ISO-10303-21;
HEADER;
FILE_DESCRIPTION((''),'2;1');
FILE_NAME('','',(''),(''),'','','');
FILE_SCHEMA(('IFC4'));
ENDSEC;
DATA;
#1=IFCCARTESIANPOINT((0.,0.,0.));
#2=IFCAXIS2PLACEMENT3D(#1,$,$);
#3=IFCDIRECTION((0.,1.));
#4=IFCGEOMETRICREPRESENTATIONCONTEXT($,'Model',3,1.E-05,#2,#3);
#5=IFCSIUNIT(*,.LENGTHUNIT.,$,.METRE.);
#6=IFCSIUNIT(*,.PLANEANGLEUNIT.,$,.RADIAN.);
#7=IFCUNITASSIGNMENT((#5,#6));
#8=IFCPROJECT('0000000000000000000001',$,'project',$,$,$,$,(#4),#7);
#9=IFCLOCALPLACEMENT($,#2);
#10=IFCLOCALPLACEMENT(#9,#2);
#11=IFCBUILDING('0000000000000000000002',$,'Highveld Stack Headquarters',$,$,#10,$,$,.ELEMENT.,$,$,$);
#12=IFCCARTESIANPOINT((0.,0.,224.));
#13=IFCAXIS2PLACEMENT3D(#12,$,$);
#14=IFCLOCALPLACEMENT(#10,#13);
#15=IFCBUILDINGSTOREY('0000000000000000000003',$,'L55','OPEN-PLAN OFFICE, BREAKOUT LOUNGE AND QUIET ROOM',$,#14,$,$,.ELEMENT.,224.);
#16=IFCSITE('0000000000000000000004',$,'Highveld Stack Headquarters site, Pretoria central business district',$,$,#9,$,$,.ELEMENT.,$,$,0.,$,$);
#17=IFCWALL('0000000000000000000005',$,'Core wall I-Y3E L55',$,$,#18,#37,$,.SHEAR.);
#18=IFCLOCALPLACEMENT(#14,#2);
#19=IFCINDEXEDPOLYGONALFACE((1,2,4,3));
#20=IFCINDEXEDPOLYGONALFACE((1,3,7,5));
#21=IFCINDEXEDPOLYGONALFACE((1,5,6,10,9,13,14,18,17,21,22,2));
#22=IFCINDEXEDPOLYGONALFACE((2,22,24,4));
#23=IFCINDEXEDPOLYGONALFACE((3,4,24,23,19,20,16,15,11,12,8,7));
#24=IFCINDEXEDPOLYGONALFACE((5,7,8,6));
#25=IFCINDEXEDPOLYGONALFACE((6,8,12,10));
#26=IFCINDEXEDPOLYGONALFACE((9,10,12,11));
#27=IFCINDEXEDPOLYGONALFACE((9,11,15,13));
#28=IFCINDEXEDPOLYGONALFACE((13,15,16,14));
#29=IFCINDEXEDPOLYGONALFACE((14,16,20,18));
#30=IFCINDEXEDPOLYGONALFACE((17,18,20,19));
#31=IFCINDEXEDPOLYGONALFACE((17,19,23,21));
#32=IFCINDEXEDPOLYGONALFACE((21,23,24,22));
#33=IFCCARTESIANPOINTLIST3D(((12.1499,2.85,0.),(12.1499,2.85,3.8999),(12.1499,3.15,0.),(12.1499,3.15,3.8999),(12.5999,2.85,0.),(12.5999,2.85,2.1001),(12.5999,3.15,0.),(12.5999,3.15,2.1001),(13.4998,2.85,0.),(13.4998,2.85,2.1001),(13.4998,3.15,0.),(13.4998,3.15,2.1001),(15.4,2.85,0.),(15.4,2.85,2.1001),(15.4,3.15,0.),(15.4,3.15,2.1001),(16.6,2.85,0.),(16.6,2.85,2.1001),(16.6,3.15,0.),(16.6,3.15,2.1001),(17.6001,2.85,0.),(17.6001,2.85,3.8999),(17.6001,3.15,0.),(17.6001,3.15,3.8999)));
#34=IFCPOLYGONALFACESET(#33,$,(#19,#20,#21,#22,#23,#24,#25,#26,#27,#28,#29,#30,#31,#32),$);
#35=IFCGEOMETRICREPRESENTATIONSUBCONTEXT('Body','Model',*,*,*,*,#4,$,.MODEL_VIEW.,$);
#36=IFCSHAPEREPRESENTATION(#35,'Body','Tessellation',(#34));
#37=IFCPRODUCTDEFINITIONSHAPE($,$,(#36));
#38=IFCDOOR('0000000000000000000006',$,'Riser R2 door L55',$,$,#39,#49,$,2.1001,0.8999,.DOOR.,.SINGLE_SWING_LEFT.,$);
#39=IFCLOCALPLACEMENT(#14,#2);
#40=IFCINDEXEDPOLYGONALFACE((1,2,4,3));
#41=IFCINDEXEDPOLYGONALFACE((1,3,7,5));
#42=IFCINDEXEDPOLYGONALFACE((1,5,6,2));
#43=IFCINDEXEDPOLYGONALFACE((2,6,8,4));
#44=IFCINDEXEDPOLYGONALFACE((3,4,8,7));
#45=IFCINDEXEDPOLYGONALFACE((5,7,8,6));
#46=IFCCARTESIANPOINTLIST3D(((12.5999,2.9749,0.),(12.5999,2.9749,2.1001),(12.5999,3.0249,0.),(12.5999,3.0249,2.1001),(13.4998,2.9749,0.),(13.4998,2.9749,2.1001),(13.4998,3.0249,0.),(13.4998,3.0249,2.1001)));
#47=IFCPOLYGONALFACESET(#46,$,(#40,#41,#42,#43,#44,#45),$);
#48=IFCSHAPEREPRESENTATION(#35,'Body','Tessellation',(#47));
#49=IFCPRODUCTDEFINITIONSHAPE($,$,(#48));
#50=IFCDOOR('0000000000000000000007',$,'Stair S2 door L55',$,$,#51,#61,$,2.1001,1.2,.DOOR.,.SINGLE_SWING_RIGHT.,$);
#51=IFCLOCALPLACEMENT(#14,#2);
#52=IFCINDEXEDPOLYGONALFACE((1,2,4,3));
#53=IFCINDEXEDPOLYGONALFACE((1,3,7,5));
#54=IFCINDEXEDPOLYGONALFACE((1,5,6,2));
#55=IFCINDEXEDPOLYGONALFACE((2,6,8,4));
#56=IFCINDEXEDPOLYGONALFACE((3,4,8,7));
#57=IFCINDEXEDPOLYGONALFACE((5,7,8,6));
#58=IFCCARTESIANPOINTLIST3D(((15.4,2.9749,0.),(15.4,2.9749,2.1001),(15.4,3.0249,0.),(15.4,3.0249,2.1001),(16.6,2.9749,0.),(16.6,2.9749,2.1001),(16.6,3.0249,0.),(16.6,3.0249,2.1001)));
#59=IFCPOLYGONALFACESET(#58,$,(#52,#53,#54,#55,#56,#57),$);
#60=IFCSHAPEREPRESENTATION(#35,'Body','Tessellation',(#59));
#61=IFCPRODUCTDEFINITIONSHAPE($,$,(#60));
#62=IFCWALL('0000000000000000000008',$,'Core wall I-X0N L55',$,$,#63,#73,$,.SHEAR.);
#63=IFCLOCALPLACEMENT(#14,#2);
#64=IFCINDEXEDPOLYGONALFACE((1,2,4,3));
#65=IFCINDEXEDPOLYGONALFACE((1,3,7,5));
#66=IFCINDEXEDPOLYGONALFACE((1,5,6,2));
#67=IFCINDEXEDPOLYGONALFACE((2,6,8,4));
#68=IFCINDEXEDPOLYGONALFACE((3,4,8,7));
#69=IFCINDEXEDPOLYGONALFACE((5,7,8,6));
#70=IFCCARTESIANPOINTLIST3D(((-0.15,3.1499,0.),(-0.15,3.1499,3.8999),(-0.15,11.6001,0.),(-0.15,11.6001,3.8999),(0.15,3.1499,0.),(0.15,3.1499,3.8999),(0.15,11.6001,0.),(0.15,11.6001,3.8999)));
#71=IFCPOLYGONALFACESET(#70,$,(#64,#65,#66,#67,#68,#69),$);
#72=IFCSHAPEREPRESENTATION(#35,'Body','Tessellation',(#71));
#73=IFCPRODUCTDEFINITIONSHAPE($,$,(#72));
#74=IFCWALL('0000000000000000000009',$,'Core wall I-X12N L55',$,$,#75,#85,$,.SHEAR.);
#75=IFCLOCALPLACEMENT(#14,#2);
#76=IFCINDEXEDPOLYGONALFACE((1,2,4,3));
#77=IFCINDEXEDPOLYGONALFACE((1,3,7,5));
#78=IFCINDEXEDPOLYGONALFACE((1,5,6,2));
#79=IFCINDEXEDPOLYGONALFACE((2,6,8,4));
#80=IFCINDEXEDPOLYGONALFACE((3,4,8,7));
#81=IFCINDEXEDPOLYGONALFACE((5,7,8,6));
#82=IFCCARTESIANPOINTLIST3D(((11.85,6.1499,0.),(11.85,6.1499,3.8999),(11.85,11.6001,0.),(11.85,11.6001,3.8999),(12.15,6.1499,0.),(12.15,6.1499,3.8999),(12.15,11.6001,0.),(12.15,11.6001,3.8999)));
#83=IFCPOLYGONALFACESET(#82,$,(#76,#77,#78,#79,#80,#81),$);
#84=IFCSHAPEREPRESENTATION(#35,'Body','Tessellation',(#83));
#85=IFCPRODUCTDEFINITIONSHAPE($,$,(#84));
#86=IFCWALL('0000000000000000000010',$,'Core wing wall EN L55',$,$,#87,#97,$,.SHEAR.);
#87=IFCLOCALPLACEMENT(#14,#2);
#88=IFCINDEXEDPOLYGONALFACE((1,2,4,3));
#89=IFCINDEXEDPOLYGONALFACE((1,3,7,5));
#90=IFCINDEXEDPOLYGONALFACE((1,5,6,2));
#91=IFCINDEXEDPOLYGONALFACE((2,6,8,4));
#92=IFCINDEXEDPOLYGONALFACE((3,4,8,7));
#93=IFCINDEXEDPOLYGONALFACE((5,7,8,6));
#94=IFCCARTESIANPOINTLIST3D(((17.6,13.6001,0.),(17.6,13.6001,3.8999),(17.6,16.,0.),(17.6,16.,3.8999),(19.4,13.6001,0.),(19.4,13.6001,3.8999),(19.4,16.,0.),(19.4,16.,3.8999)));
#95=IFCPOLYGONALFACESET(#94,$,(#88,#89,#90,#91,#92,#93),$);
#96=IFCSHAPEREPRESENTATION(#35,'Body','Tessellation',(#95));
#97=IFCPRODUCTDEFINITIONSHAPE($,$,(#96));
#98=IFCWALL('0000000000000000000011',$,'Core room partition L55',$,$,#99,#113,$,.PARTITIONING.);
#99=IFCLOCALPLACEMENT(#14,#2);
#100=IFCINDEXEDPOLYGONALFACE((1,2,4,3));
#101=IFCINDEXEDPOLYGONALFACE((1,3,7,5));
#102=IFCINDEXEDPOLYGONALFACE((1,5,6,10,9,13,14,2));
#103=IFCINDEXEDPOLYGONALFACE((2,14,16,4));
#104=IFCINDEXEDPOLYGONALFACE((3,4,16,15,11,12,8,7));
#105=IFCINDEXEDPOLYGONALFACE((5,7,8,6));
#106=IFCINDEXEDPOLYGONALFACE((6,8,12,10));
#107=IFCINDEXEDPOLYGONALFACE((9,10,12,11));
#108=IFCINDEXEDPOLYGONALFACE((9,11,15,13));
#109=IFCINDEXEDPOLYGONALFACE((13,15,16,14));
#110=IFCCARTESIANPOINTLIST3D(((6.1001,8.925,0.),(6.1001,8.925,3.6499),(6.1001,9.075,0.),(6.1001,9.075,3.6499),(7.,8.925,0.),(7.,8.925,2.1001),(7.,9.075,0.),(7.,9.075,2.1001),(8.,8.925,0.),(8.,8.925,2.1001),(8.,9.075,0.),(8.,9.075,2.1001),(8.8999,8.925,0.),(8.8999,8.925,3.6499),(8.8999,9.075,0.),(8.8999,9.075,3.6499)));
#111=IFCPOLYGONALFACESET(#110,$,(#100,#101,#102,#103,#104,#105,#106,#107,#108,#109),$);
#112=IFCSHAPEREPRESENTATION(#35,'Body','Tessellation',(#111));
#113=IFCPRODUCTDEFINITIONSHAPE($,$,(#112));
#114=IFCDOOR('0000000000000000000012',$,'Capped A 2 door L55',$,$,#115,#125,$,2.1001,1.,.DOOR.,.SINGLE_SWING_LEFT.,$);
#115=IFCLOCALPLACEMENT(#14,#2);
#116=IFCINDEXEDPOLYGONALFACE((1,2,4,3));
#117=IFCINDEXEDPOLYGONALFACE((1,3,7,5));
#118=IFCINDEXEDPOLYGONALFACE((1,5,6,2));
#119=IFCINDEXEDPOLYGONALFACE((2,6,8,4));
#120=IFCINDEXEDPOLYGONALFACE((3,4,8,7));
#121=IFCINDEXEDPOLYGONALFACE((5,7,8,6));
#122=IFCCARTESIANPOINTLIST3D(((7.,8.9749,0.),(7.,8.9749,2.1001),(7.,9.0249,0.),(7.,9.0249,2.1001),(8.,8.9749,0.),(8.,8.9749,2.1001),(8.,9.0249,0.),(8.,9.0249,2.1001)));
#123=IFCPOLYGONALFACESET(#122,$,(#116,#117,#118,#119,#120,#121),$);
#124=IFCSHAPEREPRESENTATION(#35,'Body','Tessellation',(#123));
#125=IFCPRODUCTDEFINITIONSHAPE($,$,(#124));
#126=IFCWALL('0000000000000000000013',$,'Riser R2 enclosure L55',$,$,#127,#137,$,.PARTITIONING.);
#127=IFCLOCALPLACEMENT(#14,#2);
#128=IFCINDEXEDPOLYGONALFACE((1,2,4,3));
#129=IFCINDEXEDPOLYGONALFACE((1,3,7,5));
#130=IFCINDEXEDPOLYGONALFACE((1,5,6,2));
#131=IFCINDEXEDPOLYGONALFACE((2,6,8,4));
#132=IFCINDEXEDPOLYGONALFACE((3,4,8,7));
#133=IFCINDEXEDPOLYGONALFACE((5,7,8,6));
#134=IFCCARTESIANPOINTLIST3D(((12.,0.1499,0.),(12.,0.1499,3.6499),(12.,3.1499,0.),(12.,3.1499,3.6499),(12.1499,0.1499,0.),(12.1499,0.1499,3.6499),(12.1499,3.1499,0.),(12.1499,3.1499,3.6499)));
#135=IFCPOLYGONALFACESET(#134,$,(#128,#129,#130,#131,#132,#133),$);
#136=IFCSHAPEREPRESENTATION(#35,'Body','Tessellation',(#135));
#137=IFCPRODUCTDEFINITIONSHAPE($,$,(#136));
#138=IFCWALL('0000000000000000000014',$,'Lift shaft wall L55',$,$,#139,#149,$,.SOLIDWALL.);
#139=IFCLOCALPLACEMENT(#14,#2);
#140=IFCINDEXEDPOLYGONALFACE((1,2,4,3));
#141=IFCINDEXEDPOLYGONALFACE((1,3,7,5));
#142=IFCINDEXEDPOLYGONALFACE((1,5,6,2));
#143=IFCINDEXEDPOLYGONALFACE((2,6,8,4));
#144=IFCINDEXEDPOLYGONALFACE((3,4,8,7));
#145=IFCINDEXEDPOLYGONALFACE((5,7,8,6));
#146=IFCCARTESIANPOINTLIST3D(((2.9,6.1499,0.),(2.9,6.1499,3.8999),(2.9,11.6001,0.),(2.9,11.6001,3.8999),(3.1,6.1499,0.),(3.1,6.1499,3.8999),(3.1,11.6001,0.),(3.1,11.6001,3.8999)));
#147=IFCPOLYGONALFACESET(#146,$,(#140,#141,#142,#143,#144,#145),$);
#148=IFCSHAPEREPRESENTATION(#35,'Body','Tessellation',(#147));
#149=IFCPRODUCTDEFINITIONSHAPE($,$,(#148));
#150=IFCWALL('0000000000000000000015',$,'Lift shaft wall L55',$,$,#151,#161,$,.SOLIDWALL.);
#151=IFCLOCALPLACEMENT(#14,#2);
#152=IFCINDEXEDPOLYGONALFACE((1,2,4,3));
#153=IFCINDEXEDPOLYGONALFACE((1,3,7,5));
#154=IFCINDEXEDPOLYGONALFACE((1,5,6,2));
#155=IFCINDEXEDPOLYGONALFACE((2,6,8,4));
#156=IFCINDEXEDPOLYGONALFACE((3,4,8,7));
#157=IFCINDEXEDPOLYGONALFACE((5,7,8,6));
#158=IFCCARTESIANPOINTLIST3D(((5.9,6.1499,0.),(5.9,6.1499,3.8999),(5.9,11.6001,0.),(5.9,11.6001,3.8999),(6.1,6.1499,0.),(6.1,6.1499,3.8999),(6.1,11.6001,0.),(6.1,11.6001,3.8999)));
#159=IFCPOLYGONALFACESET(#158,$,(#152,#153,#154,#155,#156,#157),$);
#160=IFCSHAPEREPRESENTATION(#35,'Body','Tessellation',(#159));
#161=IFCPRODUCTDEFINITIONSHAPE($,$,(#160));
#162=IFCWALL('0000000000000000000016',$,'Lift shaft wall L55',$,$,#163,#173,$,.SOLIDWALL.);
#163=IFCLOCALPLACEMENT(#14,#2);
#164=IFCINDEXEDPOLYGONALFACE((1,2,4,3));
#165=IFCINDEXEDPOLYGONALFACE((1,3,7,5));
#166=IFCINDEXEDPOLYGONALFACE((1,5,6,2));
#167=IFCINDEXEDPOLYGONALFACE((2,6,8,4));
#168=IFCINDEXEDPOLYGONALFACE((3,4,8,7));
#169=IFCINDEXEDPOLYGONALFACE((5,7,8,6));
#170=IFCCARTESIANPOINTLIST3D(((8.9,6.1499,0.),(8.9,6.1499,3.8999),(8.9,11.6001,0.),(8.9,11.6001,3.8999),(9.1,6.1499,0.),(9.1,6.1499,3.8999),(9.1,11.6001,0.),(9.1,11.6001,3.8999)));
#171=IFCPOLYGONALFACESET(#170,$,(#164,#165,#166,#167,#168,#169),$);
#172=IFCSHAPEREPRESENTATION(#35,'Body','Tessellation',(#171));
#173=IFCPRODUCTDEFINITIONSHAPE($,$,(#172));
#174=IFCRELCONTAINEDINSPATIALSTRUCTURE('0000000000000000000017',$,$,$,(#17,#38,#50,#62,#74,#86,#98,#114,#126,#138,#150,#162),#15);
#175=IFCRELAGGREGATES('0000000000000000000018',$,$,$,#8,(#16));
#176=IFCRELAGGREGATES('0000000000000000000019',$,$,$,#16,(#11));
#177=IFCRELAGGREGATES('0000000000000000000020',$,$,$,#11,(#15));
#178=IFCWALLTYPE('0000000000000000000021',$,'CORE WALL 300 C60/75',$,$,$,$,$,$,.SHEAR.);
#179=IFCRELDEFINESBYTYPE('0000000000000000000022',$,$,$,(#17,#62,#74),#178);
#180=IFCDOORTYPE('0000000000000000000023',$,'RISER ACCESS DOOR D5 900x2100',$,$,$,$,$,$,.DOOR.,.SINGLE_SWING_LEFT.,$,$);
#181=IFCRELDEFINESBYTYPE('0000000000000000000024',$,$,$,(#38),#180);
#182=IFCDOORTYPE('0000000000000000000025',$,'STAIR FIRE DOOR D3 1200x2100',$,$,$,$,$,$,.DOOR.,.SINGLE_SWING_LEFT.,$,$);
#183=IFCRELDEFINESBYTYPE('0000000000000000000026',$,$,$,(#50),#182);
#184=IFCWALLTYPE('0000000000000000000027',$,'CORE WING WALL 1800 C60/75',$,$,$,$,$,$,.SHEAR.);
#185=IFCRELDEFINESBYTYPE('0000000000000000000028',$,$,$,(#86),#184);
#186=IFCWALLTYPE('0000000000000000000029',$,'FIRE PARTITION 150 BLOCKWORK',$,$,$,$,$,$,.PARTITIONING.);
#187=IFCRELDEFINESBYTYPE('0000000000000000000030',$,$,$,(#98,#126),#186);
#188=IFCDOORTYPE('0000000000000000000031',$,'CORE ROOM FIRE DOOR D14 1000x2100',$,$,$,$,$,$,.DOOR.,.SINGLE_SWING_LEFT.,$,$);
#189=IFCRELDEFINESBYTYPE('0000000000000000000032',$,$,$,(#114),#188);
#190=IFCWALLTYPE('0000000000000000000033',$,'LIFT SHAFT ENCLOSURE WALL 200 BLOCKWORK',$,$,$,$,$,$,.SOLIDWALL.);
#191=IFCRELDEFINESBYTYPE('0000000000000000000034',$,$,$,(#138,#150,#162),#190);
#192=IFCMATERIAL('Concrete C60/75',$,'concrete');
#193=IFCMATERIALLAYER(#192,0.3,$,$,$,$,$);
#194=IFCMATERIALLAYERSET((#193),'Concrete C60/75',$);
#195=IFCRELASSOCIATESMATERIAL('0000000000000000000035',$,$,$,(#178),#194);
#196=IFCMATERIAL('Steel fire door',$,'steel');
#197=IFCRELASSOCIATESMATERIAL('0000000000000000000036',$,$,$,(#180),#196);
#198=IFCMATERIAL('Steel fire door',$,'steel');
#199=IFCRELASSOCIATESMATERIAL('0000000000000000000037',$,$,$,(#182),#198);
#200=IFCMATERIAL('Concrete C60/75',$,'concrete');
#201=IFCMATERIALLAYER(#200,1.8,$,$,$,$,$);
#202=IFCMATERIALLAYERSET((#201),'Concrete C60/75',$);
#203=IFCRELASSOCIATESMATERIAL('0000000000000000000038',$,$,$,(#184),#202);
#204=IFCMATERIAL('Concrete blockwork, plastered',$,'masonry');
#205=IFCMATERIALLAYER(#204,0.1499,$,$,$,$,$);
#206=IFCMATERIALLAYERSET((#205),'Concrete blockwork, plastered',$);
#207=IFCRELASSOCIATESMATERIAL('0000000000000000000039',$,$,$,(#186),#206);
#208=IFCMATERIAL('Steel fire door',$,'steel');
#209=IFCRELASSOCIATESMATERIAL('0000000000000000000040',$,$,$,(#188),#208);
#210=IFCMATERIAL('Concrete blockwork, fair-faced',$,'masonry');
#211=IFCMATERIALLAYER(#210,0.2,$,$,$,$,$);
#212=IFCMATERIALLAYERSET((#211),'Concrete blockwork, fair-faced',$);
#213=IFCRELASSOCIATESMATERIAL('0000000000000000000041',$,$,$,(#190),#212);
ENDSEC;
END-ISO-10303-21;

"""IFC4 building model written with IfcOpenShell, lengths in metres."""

from ifc_helpers import new_model, si_unit, direction, frame, frame_2d, origin, place, context, subcontext, project, spatial, rectangle, extrude, material, layer, layer_set, type_object, element, fill, save


model = new_model("IFC4")

# Units and contexts
model_context = context("Model", 3, precision=1e-05, world=origin(), true_north=direction((0.0, 1.0)))
body_context = subcontext(model_context, "Body", "Model", "MODEL_VIEW")
ifc_project = project(units=[si_unit("LENGTHUNIT", "METRE"), si_unit("PLANEANGLEUNIT", "RADIAN")], contexts=[model_context])

# Site, building, storey
site_placement = place(None, origin())
site = spatial("IfcSite", under=ifc_project, at=site_placement, Name="Highveld Stack Headquarters site, Pretoria central business district", CompositionType="ELEMENT", RefElevation=0.0)
building_placement = place(site_placement, origin())
building = spatial("IfcBuilding", under=site, at=building_placement, Name="Highveld Stack Headquarters", CompositionType="ELEMENT")
storey_placement = place(building_placement, frame((0.0, 0.0, 224.0)))
storey = spatial("IfcBuildingStorey", under=building, at=storey_placement, Name="L55", Description="OPEN-PLAN OFFICE, BREAKOUT LOUNGE AND QUIET ROOM", CompositionType="ELEMENT", Elevation=224.0)

# Wall, openings, doors
ifc_material_1 = material(Name="Concrete C60/75", Category="concrete")
ifc_layer_1 = layer(ifc_material_1, 0.3)
ifc_layer_set_1 = layer_set([ifc_layer_1], Name="Concrete C60/75")
wall_type_1 = type_object("IfcWallType", Name="CORE WALL 300 C60/75", PredefinedType="SHEAR", material=ifc_layer_set_1)
wall_1_placement = place(storey_placement, frame((12.1499, 3.0, 0.0), z_axis=(0.0, 0.0, 1.0), x_axis=(1.0, 0.0, 0.0)))
wall_1 = element("IfcWall", 1, at=wall_1_placement, inside=storey, type_object=wall_type_1, Name="Core wall I-Y3E L55", PredefinedType="SHEAR", context=body_context, shape_type="SweptSolid", body=[
    extrude(rectangle(XDim=5.4502, YDim=0.3, at=frame_2d((2.7251, 0.0))), origin(), (0.0, 0.0, 1.0), 3.8999),
])
opening_1_placement = place(wall_1_placement, frame((3.25, 0.0, 0.0)))
opening_1 = element("IfcOpeningElement", 2, at=opening_1_placement, cuts=wall_1, PredefinedType="OPENING", context=body_context, shape_type="SweptSolid", body=[
    extrude(rectangle(XDim=1.2, YDim=2.1001, at=frame_2d((0.6001, 1.05))), frame((0.0, 0.1599, 0.0), z_axis=(0.0, -1.0, 0.0), x_axis=(1.0, 0.0, 0.0)), (0.0, 0.0, 1.0), 0.3201),
])
opening_2_placement = place(wall_1_placement, frame((0.45, 0.0, 0.0)))
opening_2 = element("IfcOpeningElement", 3, at=opening_2_placement, cuts=wall_1, PredefinedType="OPENING", context=body_context, shape_type="SweptSolid", body=[
    extrude(rectangle(XDim=0.8999, YDim=2.1001, at=frame_2d((0.45, 1.05))), frame((0.0, 0.1599, 0.0), z_axis=(0.0, -1.0, 0.0), x_axis=(1.0, 0.0, 0.0)), (0.0, 0.0, 1.0), 0.3201),
])
ifc_material_2 = material(Name="Steel fire door", Category="steel")
door_type_1 = type_object("IfcDoorType", Name="RISER ACCESS DOOR D5 900x2100", OperationType="SINGLE_SWING_LEFT", PredefinedType="DOOR", material=ifc_material_2)
door_1_placement = place(opening_2_placement, origin())
door_1 = element("IfcDoor", 4, at=door_1_placement, inside=storey, type_object=door_type_1, Name="Riser R2 door L55", OperationType="SINGLE_SWING_LEFT", OverallHeight=2.1001, OverallWidth=0.8999, PredefinedType="DOOR", context=body_context, shape_type="SweptSolid", body=[
    extrude(rectangle(XDim=0.8999, YDim=2.1001, at=frame_2d((0.45, 1.05))), frame((0.0, 0.0249, 0.0), z_axis=(0.0, -1.0, 0.0), x_axis=(1.0, 0.0, 0.0)), (0.0, 0.0, 1.0), 0.05),
])
fill(opening_2, door_1)
ifc_material_3 = material(Name="Steel fire door", Category="steel")
door_type_2 = type_object("IfcDoorType", Name="STAIR FIRE DOOR D3 1200x2100", OperationType="SINGLE_SWING_LEFT", PredefinedType="DOOR", material=ifc_material_3)
door_2_placement = place(opening_1_placement, origin())
door_2 = element("IfcDoor", 5, at=door_2_placement, inside=storey, type_object=door_type_2, Name="Stair S2 door L55", OperationType="SINGLE_SWING_RIGHT", OverallHeight=2.1001, OverallWidth=1.2, PredefinedType="DOOR", context=body_context, shape_type="SweptSolid", body=[
    extrude(rectangle(XDim=1.2, YDim=2.1001, at=frame_2d((0.6001, 1.05))), frame((0.0, 0.0249, 0.0), z_axis=(0.0, -1.0, 0.0), x_axis=(1.0, 0.0, 0.0)), (0.0, 0.0, 1.0), 0.05),
])
fill(opening_1, door_2)

# Walls
wall_2_placement = place(storey_placement, frame((0.0, 3.1499, 0.0), z_axis=(0.0, 0.0, 1.0), x_axis=(0.0, 1.0, 0.0)))
element("IfcWall", 6, at=wall_2_placement, inside=storey, type_object=wall_type_1, Name="Core wall I-X0N L55", PredefinedType="SHEAR", context=body_context, shape_type="SweptSolid", body=[
    extrude(rectangle(XDim=8.4502, YDim=0.3, at=frame_2d((4.2251, 0.0))), origin(), (0.0, 0.0, 1.0), 3.8999),
])
wall_3_placement = place(storey_placement, frame((12.0, 6.1499, 0.0), z_axis=(0.0, 0.0, 1.0), x_axis=(0.0, 1.0, 0.0)))
element("IfcWall", 7, at=wall_3_placement, inside=storey, type_object=wall_type_1, Name="Core wall I-X12N L55", PredefinedType="SHEAR", context=body_context, shape_type="SweptSolid", body=[
    extrude(rectangle(XDim=5.4502, YDim=0.3, at=frame_2d((2.7251, 0.0))), origin(), (0.0, 0.0, 1.0), 3.8999),
])
ifc_material_4 = material(Name="Concrete C60/75", Category="concrete")
ifc_layer_2 = layer(ifc_material_4, 1.8)
ifc_layer_set_2 = layer_set([ifc_layer_2], Name="Concrete C60/75")
wall_type_2 = type_object("IfcWallType", Name="CORE WING WALL 1800 C60/75", PredefinedType="SHEAR", material=ifc_layer_set_2)
wall_4_placement = place(storey_placement, frame((18.5, 13.6001, 0.0), z_axis=(0.0, 0.0, 1.0), x_axis=(0.0, 1.0, 0.0)))
element("IfcWall", 8, at=wall_4_placement, inside=storey, type_object=wall_type_2, Name="Core wing wall EN L55", PredefinedType="SHEAR", context=body_context, shape_type="SweptSolid", body=[
    extrude(rectangle(XDim=2.3999, YDim=1.8, at=frame_2d((1.2, 0.0))), origin(), (0.0, 0.0, 1.0), 3.8999),
])

# Wall, opening, door
ifc_material_5 = material(Name="Concrete blockwork, plastered", Category="masonry")
ifc_layer_3 = layer(ifc_material_5, 0.1499)
ifc_layer_set_3 = layer_set([ifc_layer_3], Name="Concrete blockwork, plastered")
wall_type_3 = type_object("IfcWallType", Name="FIRE PARTITION 150 BLOCKWORK", PredefinedType="PARTITIONING", material=ifc_layer_set_3)
wall_5_placement = place(storey_placement, frame((6.1001, 9.0, 0.0), z_axis=(0.0, 0.0, 1.0), x_axis=(1.0, 0.0, 0.0)))
wall_5 = element("IfcWall", 9, at=wall_5_placement, inside=storey, type_object=wall_type_3, Name="Core room partition L55", PredefinedType="PARTITIONING", context=body_context, shape_type="SweptSolid", body=[
    extrude(rectangle(XDim=2.7998, YDim=0.1499, at=frame_2d((1.3999, 0.0))), origin(), (0.0, 0.0, 1.0), 3.6499),
])
opening_3_placement = place(wall_5_placement, frame((0.8999, 0.0, 0.0)))
opening_3 = element("IfcOpeningElement", 10, at=opening_3_placement, cuts=wall_5, PredefinedType="OPENING", context=body_context, shape_type="SweptSolid", body=[
    extrude(rectangle(XDim=1.0, YDim=2.1001, at=frame_2d((0.5, 1.05))), frame((0.0, 0.085, 0.0), z_axis=(0.0, -1.0, 0.0), x_axis=(1.0, 0.0, 0.0)), (0.0, 0.0, 1.0), 0.1699),
])
ifc_material_6 = material(Name="Steel fire door", Category="steel")
door_type_3 = type_object("IfcDoorType", Name="CORE ROOM FIRE DOOR D14 1000x2100", OperationType="SINGLE_SWING_LEFT", PredefinedType="DOOR", material=ifc_material_6)
door_3_placement = place(opening_3_placement, origin())
door_3 = element("IfcDoor", 11, at=door_3_placement, inside=storey, type_object=door_type_3, Name="Capped A 2 door L55", OperationType="SINGLE_SWING_LEFT", OverallHeight=2.1001, OverallWidth=1.0, PredefinedType="DOOR", context=body_context, shape_type="SweptSolid", body=[
    extrude(rectangle(XDim=1.0, YDim=2.1001, at=frame_2d((0.5, 1.05))), frame((0.0, 0.0249, 0.0), z_axis=(0.0, -1.0, 0.0), x_axis=(1.0, 0.0, 0.0)), (0.0, 0.0, 1.0), 0.05),
])
fill(opening_3, door_3)

# Walls
wall_6_placement = place(storey_placement, frame((12.075, 0.1499, 0.0), z_axis=(0.0, 0.0, 1.0), x_axis=(0.0, 1.0, 0.0)))
element("IfcWall", 12, at=wall_6_placement, inside=storey, type_object=wall_type_3, Name="Riser R2 enclosure L55", PredefinedType="PARTITIONING", context=body_context, shape_type="SweptSolid", body=[
    extrude(rectangle(XDim=3.0, YDim=0.1499, at=frame_2d((1.5, 0.0))), origin(), (0.0, 0.0, 1.0), 3.6499),
])
ifc_material_7 = material(Name="Concrete blockwork, fair-faced", Category="masonry")
ifc_layer_4 = layer(ifc_material_7, 0.2)
ifc_layer_set_4 = layer_set([ifc_layer_4], Name="Concrete blockwork, fair-faced")
wall_type_4 = type_object("IfcWallType", Name="LIFT SHAFT ENCLOSURE WALL 200 BLOCKWORK", PredefinedType="SOLIDWALL", material=ifc_layer_set_4)
for number, where, z_axis, x_axis, name in (
    (13, (3.0, 6.1499, 0.0), (0.0, 0.0, 1.0), (0.0, 1.0, 0.0), "Lift shaft wall L55"),
    (14, (6.0, 6.1499, 0.0), (0.0, 0.0, 1.0), (0.0, 1.0, 0.0), "Lift shaft wall L55"),
    (15, (9.0, 6.1499, 0.0), (0.0, 0.0, 1.0), (0.0, 1.0, 0.0), "Lift shaft wall L55"),
):
    element("IfcWall", number, at=place(storey_placement, frame(where, z_axis=z_axis, x_axis=x_axis)), inside=storey, type_object=wall_type_4, Name=name, PredefinedType="SOLIDWALL", context=body_context, shape_type="SweptSolid", body=[
        extrude(rectangle(XDim=5.4502, YDim=0.2, at=frame_2d((2.7251, 0.0))), origin(), (0.0, 0.0, 1.0), 3.8999),
    ])

save(model, "model.ifc")
